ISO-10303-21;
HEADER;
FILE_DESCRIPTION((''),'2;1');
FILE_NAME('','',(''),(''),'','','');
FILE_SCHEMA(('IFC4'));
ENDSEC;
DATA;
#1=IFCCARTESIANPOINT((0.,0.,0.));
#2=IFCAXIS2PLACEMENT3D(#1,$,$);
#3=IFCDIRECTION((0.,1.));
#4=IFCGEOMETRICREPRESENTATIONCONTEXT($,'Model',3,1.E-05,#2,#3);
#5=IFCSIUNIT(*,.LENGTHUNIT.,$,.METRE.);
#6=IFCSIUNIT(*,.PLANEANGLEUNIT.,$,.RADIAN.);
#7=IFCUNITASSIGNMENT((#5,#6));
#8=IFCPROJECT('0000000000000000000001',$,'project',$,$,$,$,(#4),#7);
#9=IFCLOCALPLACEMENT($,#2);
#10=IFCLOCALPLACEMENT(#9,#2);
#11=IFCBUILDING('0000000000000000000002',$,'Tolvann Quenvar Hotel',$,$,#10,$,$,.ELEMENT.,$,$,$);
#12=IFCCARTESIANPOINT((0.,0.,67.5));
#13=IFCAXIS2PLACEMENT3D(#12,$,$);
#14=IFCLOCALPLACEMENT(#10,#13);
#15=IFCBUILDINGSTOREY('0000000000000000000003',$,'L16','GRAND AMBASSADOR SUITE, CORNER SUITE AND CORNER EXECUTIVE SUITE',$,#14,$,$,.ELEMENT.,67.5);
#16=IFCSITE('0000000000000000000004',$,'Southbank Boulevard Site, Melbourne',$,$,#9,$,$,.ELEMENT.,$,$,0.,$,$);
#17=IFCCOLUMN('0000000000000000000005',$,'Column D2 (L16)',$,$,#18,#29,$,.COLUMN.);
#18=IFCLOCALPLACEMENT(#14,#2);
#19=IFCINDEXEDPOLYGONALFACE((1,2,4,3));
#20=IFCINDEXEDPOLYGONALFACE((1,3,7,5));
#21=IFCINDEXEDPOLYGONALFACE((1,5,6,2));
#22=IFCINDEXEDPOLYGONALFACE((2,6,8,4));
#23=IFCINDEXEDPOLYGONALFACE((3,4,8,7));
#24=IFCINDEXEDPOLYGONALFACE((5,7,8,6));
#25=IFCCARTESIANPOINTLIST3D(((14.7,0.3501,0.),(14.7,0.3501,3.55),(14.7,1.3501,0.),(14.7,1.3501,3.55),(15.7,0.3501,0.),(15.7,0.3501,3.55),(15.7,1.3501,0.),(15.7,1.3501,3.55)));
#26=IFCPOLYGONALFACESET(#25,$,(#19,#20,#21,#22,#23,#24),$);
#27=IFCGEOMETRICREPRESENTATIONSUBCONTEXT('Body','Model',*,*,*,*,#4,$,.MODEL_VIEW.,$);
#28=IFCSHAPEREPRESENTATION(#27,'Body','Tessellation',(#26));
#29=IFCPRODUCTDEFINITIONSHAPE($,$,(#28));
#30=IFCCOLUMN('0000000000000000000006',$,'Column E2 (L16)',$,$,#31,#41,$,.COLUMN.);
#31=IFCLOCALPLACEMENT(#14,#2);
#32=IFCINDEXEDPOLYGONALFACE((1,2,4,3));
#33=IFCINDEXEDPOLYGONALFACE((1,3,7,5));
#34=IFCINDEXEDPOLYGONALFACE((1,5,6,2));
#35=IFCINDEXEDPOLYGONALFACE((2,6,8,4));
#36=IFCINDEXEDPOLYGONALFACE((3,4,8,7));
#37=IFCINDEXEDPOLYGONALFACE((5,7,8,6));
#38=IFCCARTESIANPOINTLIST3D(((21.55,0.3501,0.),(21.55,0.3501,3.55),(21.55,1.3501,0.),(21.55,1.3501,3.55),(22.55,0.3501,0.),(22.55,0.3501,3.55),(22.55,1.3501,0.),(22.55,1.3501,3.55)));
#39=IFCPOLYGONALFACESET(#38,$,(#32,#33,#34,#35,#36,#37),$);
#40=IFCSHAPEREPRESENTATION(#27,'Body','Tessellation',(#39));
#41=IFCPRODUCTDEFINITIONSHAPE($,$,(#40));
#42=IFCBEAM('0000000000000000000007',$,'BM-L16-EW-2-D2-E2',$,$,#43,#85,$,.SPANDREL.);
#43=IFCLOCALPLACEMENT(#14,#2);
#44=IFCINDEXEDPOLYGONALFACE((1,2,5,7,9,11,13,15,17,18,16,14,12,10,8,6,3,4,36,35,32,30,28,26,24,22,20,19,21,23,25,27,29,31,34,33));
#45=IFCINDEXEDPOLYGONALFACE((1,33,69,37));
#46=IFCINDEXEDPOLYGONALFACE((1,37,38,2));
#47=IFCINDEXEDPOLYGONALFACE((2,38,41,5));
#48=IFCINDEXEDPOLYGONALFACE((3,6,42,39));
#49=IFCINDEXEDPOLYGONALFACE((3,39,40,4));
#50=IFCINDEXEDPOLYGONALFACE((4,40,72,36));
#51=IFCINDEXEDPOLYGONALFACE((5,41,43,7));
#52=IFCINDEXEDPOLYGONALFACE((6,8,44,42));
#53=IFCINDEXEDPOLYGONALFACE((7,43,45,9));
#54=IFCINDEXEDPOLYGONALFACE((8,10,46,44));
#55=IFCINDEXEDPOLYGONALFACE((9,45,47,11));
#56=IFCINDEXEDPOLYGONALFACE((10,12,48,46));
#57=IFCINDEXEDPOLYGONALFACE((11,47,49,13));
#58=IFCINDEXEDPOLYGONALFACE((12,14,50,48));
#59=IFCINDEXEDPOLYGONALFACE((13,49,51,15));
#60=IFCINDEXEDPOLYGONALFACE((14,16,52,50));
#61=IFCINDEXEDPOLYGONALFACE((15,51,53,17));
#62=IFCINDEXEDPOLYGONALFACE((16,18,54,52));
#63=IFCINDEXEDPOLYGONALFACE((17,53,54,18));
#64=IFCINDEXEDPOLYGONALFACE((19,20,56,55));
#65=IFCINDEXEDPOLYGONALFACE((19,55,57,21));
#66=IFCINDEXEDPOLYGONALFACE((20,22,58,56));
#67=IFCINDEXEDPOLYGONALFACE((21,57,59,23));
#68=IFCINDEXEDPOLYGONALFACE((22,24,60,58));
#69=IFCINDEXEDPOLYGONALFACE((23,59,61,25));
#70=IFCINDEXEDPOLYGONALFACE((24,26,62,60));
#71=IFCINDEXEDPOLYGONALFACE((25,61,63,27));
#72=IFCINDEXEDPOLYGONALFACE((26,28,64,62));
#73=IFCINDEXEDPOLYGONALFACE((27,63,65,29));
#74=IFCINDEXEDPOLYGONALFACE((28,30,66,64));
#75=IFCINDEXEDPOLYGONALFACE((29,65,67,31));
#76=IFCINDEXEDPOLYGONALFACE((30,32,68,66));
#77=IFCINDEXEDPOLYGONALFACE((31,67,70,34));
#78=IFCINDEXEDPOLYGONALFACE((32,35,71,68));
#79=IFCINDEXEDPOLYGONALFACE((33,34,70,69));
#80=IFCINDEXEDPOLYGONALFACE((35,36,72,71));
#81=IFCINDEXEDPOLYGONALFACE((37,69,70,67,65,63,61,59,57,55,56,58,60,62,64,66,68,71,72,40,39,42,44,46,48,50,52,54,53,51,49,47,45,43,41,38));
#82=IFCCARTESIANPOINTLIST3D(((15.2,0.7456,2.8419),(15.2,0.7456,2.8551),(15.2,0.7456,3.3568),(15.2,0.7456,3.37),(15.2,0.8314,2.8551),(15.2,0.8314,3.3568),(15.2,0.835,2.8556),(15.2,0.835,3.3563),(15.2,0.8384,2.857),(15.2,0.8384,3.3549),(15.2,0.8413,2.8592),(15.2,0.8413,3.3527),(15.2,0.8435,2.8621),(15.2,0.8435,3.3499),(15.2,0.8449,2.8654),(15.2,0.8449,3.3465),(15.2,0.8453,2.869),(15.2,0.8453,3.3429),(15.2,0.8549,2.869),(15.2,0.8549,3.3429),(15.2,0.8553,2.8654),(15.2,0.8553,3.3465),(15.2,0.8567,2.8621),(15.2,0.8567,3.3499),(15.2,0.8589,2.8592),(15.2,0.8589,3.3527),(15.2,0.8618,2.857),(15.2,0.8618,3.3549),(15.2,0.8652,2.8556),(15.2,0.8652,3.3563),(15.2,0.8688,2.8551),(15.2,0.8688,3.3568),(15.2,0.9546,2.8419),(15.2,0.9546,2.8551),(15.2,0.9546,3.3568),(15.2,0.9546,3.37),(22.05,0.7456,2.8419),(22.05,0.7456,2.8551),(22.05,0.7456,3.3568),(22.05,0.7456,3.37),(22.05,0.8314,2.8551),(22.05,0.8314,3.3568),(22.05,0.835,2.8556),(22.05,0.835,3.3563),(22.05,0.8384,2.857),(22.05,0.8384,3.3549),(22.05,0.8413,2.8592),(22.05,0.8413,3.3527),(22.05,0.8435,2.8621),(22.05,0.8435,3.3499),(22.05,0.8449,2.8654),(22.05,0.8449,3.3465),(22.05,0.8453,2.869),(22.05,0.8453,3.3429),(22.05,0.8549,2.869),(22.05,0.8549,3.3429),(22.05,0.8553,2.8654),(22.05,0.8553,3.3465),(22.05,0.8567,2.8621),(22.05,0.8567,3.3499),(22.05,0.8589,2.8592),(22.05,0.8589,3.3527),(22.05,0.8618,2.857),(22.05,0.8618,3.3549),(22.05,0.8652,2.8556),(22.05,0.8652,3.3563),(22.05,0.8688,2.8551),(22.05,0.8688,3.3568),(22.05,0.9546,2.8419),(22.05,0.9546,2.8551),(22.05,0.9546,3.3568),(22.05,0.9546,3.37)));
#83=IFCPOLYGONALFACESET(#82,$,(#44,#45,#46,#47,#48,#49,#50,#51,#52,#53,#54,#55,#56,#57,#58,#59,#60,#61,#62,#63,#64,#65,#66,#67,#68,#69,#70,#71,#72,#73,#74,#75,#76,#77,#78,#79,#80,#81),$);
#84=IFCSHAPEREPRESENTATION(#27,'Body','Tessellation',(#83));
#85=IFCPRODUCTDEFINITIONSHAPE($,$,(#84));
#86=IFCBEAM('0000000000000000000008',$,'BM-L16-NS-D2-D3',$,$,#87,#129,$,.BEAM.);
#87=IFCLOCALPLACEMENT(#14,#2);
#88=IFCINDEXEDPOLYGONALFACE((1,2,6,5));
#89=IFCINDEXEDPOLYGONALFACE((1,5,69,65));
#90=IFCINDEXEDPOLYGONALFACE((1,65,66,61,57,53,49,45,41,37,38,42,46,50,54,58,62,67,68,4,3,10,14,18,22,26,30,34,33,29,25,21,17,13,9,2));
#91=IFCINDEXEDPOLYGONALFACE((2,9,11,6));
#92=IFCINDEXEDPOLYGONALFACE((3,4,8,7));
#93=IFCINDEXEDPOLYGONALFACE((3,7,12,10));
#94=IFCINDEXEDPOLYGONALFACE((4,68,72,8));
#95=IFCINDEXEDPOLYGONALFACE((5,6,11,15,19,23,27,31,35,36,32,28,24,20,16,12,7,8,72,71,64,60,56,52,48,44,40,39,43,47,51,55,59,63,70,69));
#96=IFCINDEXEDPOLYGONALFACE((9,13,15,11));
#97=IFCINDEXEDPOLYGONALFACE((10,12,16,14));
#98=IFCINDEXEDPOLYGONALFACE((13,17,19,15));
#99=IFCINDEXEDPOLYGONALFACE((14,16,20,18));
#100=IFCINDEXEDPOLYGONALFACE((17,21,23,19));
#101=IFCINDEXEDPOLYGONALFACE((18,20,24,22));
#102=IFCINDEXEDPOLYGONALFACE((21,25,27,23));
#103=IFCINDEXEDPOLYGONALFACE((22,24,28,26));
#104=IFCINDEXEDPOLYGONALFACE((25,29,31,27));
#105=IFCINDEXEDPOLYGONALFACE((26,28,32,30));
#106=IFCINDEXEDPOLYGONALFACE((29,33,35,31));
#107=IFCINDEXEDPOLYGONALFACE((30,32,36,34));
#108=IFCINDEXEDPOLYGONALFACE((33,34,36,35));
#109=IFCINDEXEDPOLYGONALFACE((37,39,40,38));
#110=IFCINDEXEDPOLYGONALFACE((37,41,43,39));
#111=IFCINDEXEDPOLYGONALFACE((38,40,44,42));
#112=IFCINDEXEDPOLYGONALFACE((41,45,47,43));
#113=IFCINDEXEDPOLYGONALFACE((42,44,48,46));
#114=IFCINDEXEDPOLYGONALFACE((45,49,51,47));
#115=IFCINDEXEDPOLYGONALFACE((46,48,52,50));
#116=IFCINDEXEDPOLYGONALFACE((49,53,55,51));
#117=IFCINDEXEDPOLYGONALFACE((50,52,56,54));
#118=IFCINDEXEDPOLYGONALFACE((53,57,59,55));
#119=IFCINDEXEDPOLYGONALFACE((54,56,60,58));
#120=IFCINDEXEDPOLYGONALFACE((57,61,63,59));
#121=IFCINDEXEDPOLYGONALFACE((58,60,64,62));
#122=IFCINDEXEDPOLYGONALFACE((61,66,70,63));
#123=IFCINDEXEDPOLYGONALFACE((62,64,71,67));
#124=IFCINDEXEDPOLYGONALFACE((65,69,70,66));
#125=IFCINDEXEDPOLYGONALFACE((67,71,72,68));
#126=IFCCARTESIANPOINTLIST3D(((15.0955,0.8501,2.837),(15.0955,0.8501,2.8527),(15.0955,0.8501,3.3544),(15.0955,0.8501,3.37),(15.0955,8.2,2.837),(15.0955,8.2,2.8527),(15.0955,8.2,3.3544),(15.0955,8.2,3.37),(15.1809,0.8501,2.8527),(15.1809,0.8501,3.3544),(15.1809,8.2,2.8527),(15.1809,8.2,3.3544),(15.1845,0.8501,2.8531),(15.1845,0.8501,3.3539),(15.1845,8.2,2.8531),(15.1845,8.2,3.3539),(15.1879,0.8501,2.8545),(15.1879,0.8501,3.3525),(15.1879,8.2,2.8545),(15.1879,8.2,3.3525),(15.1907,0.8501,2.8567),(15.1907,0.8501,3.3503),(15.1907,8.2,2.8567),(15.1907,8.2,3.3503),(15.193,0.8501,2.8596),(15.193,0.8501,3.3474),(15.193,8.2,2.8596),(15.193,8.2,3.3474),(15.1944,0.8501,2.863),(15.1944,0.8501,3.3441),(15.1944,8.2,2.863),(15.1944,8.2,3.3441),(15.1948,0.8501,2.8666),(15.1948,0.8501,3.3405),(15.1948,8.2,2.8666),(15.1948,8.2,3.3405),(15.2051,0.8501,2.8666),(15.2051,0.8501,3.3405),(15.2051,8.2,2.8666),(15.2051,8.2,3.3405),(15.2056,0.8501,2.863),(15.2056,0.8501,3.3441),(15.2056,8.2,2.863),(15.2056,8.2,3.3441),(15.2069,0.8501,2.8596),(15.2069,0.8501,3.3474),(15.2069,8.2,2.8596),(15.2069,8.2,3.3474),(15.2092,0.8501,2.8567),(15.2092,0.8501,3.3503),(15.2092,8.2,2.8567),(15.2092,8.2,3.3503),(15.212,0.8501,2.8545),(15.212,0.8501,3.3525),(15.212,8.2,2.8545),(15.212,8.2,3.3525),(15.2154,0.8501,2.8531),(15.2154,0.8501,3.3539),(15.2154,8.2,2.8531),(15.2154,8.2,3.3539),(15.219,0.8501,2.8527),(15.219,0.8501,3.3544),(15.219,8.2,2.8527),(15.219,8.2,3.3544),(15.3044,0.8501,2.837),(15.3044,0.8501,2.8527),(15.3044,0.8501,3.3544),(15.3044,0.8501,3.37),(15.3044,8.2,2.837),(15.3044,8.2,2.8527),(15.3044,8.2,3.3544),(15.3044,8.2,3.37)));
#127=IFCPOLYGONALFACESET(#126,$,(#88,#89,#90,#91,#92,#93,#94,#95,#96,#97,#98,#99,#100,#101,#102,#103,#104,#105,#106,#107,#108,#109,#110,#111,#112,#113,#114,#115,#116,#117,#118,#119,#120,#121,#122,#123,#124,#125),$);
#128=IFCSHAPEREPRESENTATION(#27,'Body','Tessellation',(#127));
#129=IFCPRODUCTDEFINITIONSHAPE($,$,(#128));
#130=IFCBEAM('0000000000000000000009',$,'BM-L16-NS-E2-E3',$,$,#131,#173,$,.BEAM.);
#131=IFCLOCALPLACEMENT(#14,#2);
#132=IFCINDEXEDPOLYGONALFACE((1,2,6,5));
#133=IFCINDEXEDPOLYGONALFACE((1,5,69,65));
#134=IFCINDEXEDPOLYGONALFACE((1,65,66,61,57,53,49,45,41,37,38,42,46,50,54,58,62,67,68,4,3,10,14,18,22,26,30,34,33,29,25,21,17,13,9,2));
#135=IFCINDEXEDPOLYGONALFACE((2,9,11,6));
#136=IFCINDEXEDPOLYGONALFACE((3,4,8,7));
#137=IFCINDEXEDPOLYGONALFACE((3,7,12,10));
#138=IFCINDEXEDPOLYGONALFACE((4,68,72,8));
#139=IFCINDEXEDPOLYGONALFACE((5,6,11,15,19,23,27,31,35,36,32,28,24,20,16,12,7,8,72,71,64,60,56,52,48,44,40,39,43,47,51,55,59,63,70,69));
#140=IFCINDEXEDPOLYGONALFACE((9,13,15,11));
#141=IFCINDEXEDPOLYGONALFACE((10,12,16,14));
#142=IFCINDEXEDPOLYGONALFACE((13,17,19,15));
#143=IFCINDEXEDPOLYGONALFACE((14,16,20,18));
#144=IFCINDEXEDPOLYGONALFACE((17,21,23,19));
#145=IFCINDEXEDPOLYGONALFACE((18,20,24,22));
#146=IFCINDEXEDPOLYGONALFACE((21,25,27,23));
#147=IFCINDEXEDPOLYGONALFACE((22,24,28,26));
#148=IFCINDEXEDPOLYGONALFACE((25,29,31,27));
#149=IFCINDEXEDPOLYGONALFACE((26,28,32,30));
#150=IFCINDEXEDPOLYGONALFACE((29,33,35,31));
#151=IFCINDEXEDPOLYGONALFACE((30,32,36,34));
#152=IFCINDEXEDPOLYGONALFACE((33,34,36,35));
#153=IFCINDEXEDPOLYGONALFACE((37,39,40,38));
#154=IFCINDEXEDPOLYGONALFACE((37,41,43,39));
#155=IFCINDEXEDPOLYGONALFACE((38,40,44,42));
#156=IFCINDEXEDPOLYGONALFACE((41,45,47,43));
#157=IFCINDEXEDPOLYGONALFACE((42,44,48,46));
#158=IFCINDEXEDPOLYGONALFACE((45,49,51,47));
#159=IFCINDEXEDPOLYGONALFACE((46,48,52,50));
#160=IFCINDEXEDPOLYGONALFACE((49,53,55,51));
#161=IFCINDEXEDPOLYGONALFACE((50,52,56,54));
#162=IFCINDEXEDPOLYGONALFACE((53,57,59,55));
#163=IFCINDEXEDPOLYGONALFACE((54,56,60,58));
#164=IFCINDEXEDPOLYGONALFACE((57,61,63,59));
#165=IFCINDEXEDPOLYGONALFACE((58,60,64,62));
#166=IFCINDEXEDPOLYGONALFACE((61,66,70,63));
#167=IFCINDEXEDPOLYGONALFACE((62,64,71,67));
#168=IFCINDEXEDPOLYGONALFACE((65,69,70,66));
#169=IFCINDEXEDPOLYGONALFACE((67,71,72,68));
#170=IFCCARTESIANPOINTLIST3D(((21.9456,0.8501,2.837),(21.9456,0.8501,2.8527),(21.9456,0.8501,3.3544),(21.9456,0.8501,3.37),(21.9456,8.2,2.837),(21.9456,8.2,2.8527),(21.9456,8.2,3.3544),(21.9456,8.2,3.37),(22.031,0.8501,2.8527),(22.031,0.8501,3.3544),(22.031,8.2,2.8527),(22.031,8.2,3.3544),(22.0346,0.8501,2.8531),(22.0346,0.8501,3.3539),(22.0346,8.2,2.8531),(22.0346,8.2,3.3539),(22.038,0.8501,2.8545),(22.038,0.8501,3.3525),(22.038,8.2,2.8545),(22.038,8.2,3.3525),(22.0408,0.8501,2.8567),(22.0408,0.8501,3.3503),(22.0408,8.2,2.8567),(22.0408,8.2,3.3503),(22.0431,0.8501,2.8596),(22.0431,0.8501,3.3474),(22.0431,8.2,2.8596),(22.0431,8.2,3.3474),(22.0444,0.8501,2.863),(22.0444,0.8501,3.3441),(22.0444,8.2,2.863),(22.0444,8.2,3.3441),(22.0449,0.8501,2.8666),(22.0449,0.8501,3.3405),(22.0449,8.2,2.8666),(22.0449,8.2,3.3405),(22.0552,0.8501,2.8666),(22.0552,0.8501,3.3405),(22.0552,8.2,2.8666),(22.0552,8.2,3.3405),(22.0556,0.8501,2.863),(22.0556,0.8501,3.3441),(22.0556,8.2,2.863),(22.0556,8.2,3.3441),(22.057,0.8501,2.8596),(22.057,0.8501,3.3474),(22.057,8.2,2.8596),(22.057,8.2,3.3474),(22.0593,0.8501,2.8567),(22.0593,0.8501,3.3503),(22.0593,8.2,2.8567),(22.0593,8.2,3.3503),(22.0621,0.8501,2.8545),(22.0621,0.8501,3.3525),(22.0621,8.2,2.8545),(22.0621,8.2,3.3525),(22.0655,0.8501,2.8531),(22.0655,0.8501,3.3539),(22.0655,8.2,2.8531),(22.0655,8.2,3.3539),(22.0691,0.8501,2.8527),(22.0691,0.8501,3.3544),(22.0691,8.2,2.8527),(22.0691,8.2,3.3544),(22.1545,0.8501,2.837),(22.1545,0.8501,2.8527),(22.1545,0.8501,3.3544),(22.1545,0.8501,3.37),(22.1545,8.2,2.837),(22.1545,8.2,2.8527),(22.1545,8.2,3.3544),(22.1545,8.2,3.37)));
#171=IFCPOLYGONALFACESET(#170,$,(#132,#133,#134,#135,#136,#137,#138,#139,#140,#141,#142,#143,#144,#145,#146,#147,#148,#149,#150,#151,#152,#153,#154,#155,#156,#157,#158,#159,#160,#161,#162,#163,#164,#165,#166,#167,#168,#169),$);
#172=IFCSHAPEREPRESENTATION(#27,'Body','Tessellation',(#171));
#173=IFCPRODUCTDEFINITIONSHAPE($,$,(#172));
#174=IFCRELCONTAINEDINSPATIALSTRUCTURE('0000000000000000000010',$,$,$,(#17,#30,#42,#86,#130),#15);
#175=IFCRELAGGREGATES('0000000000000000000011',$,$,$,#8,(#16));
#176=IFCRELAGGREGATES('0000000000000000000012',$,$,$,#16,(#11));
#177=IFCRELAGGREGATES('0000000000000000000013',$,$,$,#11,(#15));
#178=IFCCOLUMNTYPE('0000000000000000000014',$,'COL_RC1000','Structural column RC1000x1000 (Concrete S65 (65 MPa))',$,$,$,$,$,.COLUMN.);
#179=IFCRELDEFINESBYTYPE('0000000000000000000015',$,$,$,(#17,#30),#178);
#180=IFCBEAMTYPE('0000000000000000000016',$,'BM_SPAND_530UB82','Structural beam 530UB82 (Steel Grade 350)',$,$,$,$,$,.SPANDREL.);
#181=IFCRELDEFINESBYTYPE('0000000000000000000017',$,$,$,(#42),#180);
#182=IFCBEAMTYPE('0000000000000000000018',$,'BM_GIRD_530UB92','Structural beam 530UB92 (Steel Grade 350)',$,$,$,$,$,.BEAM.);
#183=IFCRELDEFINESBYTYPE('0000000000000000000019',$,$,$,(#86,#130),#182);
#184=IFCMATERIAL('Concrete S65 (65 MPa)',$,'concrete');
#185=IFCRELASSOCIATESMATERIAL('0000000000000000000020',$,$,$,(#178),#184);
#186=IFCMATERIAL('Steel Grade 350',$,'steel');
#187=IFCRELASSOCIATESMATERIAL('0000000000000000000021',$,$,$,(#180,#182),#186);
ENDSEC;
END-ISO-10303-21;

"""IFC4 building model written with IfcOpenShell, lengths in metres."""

from ifc_helpers import new_model, si_unit, direction, frame, origin, origin_2d, place, context, subcontext, project, spatial, rectangle, i_section, extrude, source, transform, mapped, material, material_profile, profile_set, type_object, type_shapes, element, save


model = new_model("IFC4")

# Units and contexts
model_context = context("Model", 3, precision=1e-05, world=origin(), true_north=direction((0.0, 1.0)))
body_context = subcontext(model_context, "Body", "Model", "MODEL_VIEW")
ifc_project = project(units=[si_unit("LENGTHUNIT", "METRE"), si_unit("PLANEANGLEUNIT", "RADIAN")], contexts=[model_context])

# Site, building, storey
site_placement = place(None, origin())
site = spatial("IfcSite", under=ifc_project, at=site_placement, Name="Southbank Boulevard Site, Melbourne", CompositionType="ELEMENT", RefElevation=0.0)
building_placement = place(site_placement, origin())
building = spatial("IfcBuilding", under=site, at=building_placement, Name="Tolvann Quenvar Hotel", CompositionType="ELEMENT")
storey_placement = place(building_placement, frame((0.0, 0.0, 67.5)))
storey = spatial("IfcBuildingStorey", under=building, at=storey_placement, Name="L16", Description="GRAND AMBASSADOR SUITE, CORNER SUITE AND CORNER EXECUTIVE SUITE", CompositionType="ELEMENT", Elevation=67.5)

# Columns
ifc_material_1 = material(Name="Concrete S65 (65 MPa)", Category="concrete")
ifc_material_profile_1 = material_profile(ifc_material_1, rectangle(XDim=1.0, YDim=1.0, at=origin_2d()), Name="RC1000x1000")
ifc_profile_set_1 = profile_set([ifc_material_profile_1], Name="Concrete S65 (65 MPa)")
column_type = type_object("IfcColumnType", Name="COL_RC1000", Description="Structural column RC1000x1000 (Concrete S65 (65 MPa))", PredefinedType="COLUMN", material=ifc_profile_set_1)
shared_shape_1 = source(origin(), body_context, "Body", "SweptSolid", [
    extrude(rectangle(XDim=1.0, YDim=1.0, at=origin_2d()), origin(), (0.0, 0.0, 1.0), 3.55),
])
type_shapes(column_type, [shared_shape_1])
for number, where, z_axis, x_axis, name in (
    (1, (15.2, 0.8501, 0.0), (0.0, 0.0, 1.0), (1.0, 0.0, 0.0), "Column D2 (L16)"),
    (2, (22.05, 0.8501, 0.0), (0.0, 0.0, 1.0), (1.0, 0.0, 0.0), "Column E2 (L16)"),
):
    element("IfcColumn", number, at=place(storey_placement, frame(where, z_axis=z_axis, x_axis=x_axis)), inside=storey, type_object=column_type, Name=name, PredefinedType="COLUMN", context=body_context, shape_type="MappedRepresentation", body=[
        mapped(shared_shape_1, transform((0.0, 0.0, 0.0), x_axis=(1.0, 0.0, 0.0), y_axis=(0.0, 1.0, 0.0), z_axis=(0.0, 0.0, 1.0), scale=1.0)),
    ])

# Beams
ifc_material_2 = material(Name="Steel Grade 350", Category="steel")
ifc_material_profile_2 = material_profile(ifc_material_2, i_section(OverallWidth=0.209, OverallDepth=0.5281, WebThickness=0.0095, FlangeThickness=0.0132, FilletRadius=0.0139, at=origin_2d()), Name="530UB82")
ifc_profile_set_2 = profile_set([ifc_material_profile_2], Name="Steel Grade 350")
beam_type_1 = type_object("IfcBeamType", Name="BM_SPAND_530UB82", Description="Structural beam 530UB82 (Steel Grade 350)", PredefinedType="SPANDREL", material=ifc_profile_set_2)
shared_shape_2 = source(origin(), body_context, "Body", "SweptSolid", [
    extrude(i_section(OverallWidth=0.209, OverallDepth=0.5281, WebThickness=0.0095, FlangeThickness=0.0132, FilletRadius=0.0139, at=origin_2d()), origin(), (0.0, 0.0, 1.0), 6.8501),
])
type_shapes(beam_type_1, [shared_shape_2])
beam_placement = place(storey_placement, frame((15.2, 0.8501, 3.106), z_axis=(1.0, 0.0, 0.0), x_axis=(0.0, 1.0, 0.0)))
element("IfcBeam", 3, at=beam_placement, inside=storey, type_object=beam_type_1, Name="BM-L16-EW-2-D2-E2", PredefinedType="SPANDREL", context=body_context, shape_type="MappedRepresentation", body=[
    mapped(shared_shape_2, transform((0.0, 0.0, 0.0), x_axis=(1.0, 0.0, 0.0), y_axis=(0.0, 1.0, 0.0), z_axis=(0.0, 0.0, 1.0), scale=1.0)),
])
ifc_material_profile_3 = material_profile(ifc_material_2, i_section(OverallWidth=0.209, OverallDepth=0.533, WebThickness=0.0103, FlangeThickness=0.0156, FilletRadius=0.0139, at=origin_2d()), Name="530UB92")
ifc_profile_set_3 = profile_set([ifc_material_profile_3], Name="Steel Grade 350")
beam_type_2 = type_object("IfcBeamType", Name="BM_GIRD_530UB92", Description="Structural beam 530UB92 (Steel Grade 350)", PredefinedType="BEAM", material=ifc_profile_set_3)
shared_shape_3 = source(origin(), body_context, "Body", "SweptSolid", [
    extrude(i_section(OverallWidth=0.209, OverallDepth=0.533, WebThickness=0.0103, FlangeThickness=0.0156, FilletRadius=0.0139, at=origin_2d()), origin(), (0.0, 0.0, 1.0), 7.3499),
])
type_shapes(beam_type_2, [shared_shape_3])
for number, where, z_axis, x_axis, name in (
    (4, (15.2, 0.8501, 3.1035), (0.0, 1.0, 0.0), (-1.0, 0.0, 0.0), "BM-L16-NS-D2-D3"),
    (5, (22.05, 0.8501, 3.1035), (0.0, 1.0, 0.0), (-1.0, 0.0, 0.0), "BM-L16-NS-E2-E3"),
):
    element("IfcBeam", number, at=place(storey_placement, frame(where, z_axis=z_axis, x_axis=x_axis)), inside=storey, type_object=beam_type_2, Name=name, PredefinedType="BEAM", context=body_context, shape_type="MappedRepresentation", body=[
        mapped(shared_shape_3, transform((0.0, 0.0, 0.0), x_axis=(1.0, 0.0, 0.0), y_axis=(0.0, 1.0, 0.0), z_axis=(0.0, 0.0, 1.0), scale=1.0)),
    ])

save(model, "model.ifc")
